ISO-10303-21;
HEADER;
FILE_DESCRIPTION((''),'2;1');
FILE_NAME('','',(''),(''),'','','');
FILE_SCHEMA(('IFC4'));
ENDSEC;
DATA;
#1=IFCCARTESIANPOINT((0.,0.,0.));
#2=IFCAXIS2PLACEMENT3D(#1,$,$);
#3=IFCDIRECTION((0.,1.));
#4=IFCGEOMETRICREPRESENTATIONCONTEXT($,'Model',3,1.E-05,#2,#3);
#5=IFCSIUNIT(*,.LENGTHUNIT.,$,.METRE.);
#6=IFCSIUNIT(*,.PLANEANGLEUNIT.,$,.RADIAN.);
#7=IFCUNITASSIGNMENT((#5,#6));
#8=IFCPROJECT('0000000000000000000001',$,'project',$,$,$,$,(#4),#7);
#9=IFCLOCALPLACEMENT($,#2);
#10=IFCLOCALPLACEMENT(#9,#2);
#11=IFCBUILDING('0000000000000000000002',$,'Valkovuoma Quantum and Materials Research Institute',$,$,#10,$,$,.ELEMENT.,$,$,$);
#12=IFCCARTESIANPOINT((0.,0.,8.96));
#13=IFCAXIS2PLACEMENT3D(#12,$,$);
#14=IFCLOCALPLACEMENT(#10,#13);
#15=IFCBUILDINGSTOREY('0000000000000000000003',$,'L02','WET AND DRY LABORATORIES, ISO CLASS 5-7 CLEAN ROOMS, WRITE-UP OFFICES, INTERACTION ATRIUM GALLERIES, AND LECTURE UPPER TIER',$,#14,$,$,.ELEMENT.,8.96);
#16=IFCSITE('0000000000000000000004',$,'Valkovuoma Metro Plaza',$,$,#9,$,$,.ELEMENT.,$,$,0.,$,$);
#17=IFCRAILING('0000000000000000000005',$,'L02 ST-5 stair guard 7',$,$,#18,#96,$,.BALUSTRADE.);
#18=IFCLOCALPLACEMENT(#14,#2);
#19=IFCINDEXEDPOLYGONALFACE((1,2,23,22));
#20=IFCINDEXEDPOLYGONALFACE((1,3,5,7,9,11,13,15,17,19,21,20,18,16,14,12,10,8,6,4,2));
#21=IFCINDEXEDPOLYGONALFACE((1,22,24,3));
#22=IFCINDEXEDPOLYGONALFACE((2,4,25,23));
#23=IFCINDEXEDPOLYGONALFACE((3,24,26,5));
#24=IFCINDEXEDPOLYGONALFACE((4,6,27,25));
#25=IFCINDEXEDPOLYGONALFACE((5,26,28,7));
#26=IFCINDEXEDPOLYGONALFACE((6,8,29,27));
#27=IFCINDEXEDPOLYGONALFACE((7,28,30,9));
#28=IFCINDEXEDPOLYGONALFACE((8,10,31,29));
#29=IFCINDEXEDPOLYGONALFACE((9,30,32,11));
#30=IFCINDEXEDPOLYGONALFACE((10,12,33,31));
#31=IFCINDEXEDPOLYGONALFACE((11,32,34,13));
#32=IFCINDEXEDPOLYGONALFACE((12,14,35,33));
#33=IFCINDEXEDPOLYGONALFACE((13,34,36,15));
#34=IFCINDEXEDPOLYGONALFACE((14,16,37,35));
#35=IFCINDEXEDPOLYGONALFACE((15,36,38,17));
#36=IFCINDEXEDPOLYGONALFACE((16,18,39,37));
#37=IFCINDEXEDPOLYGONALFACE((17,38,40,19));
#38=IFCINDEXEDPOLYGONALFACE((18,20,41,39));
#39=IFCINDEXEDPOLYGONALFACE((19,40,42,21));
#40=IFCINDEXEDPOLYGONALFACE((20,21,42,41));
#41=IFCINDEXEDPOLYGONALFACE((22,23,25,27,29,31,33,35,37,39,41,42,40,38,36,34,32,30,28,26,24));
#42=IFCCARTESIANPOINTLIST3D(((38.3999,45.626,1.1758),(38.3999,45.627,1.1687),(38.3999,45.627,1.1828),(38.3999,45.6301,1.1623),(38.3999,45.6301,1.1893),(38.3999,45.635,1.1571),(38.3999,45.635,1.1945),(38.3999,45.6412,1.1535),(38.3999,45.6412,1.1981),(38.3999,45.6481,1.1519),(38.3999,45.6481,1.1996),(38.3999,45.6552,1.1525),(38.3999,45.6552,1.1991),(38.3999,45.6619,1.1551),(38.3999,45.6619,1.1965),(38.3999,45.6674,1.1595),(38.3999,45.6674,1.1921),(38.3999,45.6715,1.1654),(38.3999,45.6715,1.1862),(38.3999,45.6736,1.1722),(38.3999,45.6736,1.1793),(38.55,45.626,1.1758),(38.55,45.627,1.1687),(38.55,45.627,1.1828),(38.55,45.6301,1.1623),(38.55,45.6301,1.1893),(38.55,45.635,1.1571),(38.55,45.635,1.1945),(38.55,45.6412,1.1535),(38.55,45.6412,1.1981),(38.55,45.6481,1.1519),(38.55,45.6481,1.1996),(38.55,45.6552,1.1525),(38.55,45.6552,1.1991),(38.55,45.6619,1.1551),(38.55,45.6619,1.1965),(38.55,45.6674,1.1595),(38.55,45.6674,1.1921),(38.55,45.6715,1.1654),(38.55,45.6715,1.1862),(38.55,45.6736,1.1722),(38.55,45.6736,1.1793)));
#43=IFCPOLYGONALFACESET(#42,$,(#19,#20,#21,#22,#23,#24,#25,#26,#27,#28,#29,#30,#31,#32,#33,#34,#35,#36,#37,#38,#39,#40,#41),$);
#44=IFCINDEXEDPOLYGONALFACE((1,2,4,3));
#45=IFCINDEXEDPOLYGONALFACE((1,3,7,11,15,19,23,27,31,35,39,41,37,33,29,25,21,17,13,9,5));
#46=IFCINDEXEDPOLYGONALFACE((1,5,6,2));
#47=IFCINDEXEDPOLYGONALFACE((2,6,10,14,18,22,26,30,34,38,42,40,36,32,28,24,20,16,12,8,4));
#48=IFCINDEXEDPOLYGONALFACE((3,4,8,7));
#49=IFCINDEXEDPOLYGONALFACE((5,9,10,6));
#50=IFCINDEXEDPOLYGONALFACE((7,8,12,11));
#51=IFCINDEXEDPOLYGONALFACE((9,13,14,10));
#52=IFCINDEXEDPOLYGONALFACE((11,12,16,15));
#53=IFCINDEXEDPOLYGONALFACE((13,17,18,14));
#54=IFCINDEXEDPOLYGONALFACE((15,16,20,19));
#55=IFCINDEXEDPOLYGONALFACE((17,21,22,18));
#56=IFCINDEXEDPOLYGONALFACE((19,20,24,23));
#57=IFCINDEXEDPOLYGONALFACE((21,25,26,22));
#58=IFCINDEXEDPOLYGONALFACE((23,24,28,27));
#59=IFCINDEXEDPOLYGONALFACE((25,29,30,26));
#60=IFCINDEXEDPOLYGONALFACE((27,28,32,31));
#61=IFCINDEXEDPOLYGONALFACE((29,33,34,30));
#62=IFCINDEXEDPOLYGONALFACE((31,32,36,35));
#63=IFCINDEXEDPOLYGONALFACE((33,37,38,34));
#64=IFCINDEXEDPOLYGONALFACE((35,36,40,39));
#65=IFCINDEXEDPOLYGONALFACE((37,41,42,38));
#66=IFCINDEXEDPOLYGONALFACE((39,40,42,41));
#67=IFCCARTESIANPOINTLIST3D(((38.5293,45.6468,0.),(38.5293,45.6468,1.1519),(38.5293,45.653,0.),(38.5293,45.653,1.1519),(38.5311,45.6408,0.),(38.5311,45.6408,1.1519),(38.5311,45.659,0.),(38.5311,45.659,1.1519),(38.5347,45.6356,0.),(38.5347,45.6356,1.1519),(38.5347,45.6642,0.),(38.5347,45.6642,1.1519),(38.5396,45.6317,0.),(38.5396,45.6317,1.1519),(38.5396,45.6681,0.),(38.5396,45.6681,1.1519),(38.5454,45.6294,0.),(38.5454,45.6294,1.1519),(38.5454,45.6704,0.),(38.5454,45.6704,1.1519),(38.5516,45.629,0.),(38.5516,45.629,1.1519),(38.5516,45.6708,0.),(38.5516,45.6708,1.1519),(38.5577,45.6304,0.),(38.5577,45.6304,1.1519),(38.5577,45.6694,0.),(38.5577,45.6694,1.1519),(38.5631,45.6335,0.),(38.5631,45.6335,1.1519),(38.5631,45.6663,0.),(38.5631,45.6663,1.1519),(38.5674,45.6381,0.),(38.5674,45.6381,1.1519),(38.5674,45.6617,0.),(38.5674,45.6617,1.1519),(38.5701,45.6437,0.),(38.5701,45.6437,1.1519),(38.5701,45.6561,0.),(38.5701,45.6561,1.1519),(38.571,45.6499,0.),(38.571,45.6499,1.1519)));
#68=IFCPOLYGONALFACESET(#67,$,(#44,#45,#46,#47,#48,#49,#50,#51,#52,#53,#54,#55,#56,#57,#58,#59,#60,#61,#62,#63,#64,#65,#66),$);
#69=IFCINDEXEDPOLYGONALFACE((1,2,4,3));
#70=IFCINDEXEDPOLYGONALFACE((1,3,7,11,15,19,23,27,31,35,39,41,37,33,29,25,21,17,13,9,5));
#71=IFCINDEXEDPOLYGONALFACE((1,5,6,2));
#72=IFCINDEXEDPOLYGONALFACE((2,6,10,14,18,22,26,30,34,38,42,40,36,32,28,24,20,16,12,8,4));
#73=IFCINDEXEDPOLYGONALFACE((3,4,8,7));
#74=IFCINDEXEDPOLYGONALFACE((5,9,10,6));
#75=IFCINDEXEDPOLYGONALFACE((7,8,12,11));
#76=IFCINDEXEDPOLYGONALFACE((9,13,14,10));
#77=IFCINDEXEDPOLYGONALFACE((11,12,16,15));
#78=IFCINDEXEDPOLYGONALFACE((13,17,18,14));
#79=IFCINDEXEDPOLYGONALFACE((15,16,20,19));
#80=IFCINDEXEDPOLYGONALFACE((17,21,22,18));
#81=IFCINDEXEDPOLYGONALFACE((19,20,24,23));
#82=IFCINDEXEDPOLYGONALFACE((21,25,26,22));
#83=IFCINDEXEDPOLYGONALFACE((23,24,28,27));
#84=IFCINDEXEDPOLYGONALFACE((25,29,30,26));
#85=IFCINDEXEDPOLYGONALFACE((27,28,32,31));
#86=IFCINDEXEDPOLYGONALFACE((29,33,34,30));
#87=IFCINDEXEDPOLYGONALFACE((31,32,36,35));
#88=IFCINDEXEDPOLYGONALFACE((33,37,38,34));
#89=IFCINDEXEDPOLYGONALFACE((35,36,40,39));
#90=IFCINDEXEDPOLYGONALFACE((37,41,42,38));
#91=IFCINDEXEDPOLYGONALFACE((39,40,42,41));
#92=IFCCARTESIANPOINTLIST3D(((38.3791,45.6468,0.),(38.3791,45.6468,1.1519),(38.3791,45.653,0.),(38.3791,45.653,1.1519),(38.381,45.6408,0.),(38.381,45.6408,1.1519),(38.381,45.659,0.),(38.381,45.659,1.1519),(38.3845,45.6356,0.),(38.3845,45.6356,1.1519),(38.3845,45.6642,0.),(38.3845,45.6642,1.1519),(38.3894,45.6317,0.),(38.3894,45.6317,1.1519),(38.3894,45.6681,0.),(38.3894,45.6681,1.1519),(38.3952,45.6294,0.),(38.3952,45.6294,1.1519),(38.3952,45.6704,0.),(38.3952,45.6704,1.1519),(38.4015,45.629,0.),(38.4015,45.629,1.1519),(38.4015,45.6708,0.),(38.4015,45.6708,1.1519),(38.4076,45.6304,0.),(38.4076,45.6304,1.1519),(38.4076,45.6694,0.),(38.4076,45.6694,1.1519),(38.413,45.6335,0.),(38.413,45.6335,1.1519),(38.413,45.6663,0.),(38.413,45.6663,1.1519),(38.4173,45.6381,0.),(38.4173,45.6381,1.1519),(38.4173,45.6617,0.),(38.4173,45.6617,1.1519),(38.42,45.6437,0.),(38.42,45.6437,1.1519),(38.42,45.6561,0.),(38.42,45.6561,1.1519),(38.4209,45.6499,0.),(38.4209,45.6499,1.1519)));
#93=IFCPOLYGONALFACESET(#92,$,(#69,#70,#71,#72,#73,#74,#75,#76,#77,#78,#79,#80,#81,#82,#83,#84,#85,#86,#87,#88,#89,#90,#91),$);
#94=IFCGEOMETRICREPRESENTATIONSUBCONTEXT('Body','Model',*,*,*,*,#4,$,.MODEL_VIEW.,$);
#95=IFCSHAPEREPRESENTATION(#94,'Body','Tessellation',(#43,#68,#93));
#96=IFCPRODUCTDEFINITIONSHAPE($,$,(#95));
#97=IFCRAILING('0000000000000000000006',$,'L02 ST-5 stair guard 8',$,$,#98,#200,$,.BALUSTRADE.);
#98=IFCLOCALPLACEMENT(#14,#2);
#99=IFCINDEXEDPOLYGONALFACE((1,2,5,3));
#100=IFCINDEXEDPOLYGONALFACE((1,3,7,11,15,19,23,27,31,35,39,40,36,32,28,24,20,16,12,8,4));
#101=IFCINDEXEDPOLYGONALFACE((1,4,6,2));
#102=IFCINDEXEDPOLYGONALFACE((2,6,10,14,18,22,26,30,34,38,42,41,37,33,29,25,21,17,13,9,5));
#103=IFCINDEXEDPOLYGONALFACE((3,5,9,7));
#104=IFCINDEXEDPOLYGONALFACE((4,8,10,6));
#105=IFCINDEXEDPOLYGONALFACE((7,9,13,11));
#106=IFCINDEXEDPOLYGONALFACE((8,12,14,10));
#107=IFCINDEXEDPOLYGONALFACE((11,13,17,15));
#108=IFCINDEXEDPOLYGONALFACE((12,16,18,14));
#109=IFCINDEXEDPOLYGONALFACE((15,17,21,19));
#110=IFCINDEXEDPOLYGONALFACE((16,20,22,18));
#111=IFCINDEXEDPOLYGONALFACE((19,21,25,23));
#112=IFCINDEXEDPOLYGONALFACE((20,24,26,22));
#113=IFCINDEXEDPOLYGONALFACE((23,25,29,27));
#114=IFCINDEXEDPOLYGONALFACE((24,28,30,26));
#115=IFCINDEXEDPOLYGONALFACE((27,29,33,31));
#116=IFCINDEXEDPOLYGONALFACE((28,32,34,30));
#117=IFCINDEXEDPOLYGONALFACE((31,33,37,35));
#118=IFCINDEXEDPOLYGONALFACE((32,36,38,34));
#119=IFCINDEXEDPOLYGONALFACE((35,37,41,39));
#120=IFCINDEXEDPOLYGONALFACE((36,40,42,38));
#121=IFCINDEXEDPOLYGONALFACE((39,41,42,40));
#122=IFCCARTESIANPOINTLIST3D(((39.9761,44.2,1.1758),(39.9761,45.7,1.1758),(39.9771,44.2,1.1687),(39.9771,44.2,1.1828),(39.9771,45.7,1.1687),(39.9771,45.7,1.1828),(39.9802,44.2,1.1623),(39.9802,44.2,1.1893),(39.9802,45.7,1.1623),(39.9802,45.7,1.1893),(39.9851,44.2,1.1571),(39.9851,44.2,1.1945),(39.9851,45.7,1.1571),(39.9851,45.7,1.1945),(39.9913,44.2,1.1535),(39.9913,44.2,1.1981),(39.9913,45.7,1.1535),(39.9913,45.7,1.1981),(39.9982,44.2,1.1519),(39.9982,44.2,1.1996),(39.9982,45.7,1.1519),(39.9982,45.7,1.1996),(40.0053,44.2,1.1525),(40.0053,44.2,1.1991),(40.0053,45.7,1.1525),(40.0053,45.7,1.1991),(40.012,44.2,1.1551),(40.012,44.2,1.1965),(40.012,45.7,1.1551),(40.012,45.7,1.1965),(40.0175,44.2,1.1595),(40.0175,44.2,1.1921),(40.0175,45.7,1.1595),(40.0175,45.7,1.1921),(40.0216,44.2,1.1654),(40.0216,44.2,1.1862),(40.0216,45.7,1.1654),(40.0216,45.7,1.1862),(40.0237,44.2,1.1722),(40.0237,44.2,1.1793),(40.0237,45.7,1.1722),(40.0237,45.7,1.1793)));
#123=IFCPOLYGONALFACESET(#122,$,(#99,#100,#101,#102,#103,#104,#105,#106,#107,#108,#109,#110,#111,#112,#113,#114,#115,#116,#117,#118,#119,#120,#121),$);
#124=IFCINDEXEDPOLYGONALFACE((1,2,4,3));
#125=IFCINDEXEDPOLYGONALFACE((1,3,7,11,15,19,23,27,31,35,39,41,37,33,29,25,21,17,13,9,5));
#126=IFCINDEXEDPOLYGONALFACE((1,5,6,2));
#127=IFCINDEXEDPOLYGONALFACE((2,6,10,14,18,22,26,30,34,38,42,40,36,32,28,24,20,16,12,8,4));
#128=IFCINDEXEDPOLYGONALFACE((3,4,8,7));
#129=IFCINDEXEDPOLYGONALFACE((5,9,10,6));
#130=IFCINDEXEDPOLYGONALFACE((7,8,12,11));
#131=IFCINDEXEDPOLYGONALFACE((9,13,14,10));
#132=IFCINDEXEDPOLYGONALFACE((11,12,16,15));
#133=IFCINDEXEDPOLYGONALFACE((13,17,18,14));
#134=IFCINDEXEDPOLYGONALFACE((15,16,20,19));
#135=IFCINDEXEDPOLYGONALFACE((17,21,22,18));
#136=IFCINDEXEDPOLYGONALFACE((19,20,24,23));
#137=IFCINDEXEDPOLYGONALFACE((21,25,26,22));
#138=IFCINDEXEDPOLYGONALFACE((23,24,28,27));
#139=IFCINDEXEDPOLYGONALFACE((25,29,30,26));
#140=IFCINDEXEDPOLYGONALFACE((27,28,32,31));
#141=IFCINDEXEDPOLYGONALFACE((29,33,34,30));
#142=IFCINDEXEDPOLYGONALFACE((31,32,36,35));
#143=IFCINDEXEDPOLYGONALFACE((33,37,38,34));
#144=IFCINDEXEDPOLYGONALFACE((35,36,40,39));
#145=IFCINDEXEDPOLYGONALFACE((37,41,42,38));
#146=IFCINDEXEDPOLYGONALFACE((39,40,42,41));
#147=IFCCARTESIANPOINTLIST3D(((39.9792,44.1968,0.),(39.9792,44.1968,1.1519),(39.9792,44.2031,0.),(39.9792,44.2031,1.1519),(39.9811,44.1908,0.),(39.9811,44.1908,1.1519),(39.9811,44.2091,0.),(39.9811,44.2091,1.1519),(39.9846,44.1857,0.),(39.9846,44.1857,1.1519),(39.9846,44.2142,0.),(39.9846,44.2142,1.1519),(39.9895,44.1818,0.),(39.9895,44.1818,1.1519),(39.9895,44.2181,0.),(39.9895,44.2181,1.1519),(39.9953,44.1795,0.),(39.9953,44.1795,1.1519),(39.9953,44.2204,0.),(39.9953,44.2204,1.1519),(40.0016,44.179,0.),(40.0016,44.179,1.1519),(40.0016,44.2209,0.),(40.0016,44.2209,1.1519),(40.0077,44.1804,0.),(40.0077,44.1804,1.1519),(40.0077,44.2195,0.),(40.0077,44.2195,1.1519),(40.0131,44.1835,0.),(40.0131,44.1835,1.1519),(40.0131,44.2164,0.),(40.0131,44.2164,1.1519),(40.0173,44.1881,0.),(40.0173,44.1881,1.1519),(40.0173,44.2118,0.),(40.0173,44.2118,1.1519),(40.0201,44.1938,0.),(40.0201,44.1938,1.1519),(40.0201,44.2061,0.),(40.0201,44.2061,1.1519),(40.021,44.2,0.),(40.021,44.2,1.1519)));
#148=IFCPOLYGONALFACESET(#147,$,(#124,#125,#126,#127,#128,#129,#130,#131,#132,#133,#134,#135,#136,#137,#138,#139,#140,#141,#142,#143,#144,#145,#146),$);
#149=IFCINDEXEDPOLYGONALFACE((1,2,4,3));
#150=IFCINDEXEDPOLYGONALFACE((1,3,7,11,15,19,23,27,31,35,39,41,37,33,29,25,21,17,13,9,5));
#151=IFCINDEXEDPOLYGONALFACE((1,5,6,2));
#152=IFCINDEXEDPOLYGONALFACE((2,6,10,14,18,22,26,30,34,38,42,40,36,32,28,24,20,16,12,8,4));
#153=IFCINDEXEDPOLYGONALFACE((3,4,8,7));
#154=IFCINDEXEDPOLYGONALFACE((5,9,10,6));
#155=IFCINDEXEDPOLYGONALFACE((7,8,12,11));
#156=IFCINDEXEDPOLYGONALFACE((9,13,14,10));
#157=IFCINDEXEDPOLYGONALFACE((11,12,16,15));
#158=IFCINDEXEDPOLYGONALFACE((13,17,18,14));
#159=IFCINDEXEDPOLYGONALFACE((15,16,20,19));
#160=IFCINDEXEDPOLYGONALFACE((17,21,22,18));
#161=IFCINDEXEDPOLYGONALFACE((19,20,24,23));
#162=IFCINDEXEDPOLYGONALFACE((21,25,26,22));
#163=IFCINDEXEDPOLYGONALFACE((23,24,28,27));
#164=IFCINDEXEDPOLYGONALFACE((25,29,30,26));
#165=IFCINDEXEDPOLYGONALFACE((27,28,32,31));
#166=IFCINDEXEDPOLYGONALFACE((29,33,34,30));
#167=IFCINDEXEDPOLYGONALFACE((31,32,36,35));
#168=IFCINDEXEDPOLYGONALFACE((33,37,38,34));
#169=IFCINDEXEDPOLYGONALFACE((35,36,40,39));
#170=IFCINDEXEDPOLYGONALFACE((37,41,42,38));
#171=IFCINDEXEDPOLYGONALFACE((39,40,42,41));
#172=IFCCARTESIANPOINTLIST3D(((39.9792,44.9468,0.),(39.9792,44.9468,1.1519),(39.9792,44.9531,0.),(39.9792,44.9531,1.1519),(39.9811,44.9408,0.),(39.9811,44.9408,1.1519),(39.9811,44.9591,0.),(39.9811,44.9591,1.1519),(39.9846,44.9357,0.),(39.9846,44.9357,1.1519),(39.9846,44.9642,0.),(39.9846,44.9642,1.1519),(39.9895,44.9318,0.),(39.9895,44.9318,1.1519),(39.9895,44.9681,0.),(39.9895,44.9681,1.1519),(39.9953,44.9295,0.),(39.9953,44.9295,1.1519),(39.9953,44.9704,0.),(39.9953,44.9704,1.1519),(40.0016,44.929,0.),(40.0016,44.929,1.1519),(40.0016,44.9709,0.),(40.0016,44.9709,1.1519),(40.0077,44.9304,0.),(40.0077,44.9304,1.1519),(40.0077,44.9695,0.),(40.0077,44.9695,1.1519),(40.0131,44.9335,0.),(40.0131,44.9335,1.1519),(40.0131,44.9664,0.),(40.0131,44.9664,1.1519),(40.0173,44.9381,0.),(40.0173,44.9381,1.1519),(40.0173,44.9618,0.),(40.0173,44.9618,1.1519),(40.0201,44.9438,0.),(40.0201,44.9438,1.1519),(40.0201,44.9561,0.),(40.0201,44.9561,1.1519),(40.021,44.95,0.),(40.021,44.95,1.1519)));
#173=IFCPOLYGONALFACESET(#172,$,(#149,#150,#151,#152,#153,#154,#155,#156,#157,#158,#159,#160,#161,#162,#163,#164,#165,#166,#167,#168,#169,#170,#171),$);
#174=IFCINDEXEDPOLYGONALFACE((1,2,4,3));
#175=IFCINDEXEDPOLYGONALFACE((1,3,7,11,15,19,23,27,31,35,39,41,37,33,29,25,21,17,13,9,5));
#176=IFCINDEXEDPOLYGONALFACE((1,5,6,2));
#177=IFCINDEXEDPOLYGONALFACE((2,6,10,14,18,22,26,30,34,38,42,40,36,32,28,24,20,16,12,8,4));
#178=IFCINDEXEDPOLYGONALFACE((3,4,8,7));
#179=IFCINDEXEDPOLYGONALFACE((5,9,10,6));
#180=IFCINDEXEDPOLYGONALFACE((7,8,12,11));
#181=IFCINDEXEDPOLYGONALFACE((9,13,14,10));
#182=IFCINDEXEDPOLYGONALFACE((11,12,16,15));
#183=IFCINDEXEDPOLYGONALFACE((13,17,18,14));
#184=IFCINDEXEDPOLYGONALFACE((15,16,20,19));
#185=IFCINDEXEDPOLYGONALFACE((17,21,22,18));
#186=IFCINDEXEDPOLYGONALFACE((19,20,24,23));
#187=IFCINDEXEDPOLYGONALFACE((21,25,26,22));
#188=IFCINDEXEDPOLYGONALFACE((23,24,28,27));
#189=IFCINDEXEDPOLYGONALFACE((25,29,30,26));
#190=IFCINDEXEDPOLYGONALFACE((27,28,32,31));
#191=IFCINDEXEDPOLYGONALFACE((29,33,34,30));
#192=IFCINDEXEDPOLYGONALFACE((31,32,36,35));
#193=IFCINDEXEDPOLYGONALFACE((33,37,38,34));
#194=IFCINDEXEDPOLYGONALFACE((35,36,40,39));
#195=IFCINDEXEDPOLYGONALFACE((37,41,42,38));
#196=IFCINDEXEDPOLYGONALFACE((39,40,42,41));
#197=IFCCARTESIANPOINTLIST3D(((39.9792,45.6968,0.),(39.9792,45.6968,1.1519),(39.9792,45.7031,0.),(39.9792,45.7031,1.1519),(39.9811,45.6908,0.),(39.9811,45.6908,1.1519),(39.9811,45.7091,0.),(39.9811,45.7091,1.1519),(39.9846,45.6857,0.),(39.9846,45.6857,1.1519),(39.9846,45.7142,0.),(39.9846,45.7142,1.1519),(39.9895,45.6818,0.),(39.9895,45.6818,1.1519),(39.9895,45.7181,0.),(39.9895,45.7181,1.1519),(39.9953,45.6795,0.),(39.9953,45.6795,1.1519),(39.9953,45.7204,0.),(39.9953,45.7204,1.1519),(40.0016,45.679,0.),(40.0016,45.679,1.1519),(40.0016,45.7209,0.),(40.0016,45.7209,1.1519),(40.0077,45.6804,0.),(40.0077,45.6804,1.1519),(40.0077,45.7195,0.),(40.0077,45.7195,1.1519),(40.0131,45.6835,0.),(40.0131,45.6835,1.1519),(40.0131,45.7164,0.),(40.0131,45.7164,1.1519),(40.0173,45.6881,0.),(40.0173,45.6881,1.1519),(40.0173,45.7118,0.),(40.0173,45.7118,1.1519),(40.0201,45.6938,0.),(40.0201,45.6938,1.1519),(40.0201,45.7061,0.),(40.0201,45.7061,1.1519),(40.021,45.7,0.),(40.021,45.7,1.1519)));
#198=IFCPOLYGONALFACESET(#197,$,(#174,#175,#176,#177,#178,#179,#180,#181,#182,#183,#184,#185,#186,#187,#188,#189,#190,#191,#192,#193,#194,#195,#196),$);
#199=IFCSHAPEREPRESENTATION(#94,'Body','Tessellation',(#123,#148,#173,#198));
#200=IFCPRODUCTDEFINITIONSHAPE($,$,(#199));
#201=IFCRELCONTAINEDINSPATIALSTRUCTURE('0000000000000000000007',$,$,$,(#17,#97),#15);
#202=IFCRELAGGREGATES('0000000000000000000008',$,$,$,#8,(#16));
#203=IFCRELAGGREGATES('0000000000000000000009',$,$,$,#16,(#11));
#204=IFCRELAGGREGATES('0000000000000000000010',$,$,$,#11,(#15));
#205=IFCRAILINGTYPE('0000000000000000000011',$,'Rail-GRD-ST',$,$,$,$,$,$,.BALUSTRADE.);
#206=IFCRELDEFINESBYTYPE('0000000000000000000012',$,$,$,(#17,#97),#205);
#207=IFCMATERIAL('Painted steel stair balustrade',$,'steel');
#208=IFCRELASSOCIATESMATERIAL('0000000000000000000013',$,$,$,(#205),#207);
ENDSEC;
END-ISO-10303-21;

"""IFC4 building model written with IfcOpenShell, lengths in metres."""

from ifc_helpers import new_model, si_unit, direction, frame, origin, origin_2d, place, context, subcontext, project, spatial, circle, extrude, material, type_object, element, save


model = new_model("IFC4")

# Units and contexts
model_context = context("Model", 3, precision=1e-05, world=origin(), true_north=direction((0.0, 1.0)))
body_context = subcontext(model_context, "Body", "Model", "MODEL_VIEW")
ifc_project = project(units=[si_unit("LENGTHUNIT", "METRE"), si_unit("PLANEANGLEUNIT", "RADIAN")], contexts=[model_context])

# Site, building, storey
site_placement = place(None, origin())
site = spatial("IfcSite", under=ifc_project, at=site_placement, Name="Valkovuoma Metro Plaza", CompositionType="ELEMENT", RefElevation=0.0)
building_placement = place(site_placement, origin())
building = spatial("IfcBuilding", under=site, at=building_placement, Name="Valkovuoma Quantum and Materials Research Institute", CompositionType="ELEMENT")
storey_placement = place(building_placement, frame((0.0, 0.0, 8.96)))
storey = spatial("IfcBuildingStorey", under=building, at=storey_placement, Name="L02", Description="WET AND DRY LABORATORIES, ISO CLASS 5-7 CLEAN ROOMS, WRITE-UP OFFICES, INTERACTION ATRIUM GALLERIES, AND LECTURE UPPER TIER", CompositionType="ELEMENT", Elevation=8.96)

# Railings
ifc_material_1 = material(Name="Painted steel stair balustrade", Category="steel")
railing_type_1 = type_object("IfcRailingType", Name="Rail-GRD-ST", PredefinedType="BALUSTRADE", material=ifc_material_1)
railing_1_placement = place(storey_placement, frame((38.55, 45.6499, 0.0)))
element("IfcRailing", 1, at=railing_1_placement, inside=storey, type_object=railing_type_1, Name="L02 ST-5 stair guard 7", PredefinedType="BALUSTRADE", context=body_context, shape_type="SweptSolid", body=[
    extrude(circle(Radius=0.0239, at=origin_2d()), frame((0.0, 0.0, 1.1758), z_axis=(-1.0, 0.0, 0.0), x_axis=(0.0, -1.0, 0.0)), (0.0, 0.0, 1.0), 0.1501),
    extrude(circle(Radius=0.021, at=origin_2d()), origin(), (0.0, 0.0, 1.0), 1.1519),
    extrude(circle(Radius=0.021, at=origin_2d()), frame((-0.1501, 0.0, 0.0)), (0.0, 0.0, 1.0), 1.1519),
])
railing_2_placement = place(storey_placement, frame((40.0, 44.2, 0.0)))
element("IfcRailing", 2, at=railing_2_placement, inside=storey, type_object=railing_type_1, Name="L02 ST-5 stair guard 8", PredefinedType="BALUSTRADE", context=body_context, shape_type="SweptSolid", body=[
    extrude(circle(Radius=0.0239, at=origin_2d()), frame((0.0, 0.0, 1.1758), z_axis=(0.0, 1.0, 0.0), x_axis=(-1.0, 0.0, 0.0)), (0.0, 0.0, 1.0), 1.5),
    extrude(circle(Radius=0.021, at=origin_2d()), origin(), (0.0, 0.0, 1.0), 1.1519),
    extrude(circle(Radius=0.021, at=origin_2d()), frame((0.0, 0.75, 0.0)), (0.0, 0.0, 1.0), 1.1519),
    extrude(circle(Radius=0.021, at=origin_2d()), frame((0.0, 1.5, 0.0)), (0.0, 0.0, 1.0), 1.1519),
])

save(model, "model.ifc")
